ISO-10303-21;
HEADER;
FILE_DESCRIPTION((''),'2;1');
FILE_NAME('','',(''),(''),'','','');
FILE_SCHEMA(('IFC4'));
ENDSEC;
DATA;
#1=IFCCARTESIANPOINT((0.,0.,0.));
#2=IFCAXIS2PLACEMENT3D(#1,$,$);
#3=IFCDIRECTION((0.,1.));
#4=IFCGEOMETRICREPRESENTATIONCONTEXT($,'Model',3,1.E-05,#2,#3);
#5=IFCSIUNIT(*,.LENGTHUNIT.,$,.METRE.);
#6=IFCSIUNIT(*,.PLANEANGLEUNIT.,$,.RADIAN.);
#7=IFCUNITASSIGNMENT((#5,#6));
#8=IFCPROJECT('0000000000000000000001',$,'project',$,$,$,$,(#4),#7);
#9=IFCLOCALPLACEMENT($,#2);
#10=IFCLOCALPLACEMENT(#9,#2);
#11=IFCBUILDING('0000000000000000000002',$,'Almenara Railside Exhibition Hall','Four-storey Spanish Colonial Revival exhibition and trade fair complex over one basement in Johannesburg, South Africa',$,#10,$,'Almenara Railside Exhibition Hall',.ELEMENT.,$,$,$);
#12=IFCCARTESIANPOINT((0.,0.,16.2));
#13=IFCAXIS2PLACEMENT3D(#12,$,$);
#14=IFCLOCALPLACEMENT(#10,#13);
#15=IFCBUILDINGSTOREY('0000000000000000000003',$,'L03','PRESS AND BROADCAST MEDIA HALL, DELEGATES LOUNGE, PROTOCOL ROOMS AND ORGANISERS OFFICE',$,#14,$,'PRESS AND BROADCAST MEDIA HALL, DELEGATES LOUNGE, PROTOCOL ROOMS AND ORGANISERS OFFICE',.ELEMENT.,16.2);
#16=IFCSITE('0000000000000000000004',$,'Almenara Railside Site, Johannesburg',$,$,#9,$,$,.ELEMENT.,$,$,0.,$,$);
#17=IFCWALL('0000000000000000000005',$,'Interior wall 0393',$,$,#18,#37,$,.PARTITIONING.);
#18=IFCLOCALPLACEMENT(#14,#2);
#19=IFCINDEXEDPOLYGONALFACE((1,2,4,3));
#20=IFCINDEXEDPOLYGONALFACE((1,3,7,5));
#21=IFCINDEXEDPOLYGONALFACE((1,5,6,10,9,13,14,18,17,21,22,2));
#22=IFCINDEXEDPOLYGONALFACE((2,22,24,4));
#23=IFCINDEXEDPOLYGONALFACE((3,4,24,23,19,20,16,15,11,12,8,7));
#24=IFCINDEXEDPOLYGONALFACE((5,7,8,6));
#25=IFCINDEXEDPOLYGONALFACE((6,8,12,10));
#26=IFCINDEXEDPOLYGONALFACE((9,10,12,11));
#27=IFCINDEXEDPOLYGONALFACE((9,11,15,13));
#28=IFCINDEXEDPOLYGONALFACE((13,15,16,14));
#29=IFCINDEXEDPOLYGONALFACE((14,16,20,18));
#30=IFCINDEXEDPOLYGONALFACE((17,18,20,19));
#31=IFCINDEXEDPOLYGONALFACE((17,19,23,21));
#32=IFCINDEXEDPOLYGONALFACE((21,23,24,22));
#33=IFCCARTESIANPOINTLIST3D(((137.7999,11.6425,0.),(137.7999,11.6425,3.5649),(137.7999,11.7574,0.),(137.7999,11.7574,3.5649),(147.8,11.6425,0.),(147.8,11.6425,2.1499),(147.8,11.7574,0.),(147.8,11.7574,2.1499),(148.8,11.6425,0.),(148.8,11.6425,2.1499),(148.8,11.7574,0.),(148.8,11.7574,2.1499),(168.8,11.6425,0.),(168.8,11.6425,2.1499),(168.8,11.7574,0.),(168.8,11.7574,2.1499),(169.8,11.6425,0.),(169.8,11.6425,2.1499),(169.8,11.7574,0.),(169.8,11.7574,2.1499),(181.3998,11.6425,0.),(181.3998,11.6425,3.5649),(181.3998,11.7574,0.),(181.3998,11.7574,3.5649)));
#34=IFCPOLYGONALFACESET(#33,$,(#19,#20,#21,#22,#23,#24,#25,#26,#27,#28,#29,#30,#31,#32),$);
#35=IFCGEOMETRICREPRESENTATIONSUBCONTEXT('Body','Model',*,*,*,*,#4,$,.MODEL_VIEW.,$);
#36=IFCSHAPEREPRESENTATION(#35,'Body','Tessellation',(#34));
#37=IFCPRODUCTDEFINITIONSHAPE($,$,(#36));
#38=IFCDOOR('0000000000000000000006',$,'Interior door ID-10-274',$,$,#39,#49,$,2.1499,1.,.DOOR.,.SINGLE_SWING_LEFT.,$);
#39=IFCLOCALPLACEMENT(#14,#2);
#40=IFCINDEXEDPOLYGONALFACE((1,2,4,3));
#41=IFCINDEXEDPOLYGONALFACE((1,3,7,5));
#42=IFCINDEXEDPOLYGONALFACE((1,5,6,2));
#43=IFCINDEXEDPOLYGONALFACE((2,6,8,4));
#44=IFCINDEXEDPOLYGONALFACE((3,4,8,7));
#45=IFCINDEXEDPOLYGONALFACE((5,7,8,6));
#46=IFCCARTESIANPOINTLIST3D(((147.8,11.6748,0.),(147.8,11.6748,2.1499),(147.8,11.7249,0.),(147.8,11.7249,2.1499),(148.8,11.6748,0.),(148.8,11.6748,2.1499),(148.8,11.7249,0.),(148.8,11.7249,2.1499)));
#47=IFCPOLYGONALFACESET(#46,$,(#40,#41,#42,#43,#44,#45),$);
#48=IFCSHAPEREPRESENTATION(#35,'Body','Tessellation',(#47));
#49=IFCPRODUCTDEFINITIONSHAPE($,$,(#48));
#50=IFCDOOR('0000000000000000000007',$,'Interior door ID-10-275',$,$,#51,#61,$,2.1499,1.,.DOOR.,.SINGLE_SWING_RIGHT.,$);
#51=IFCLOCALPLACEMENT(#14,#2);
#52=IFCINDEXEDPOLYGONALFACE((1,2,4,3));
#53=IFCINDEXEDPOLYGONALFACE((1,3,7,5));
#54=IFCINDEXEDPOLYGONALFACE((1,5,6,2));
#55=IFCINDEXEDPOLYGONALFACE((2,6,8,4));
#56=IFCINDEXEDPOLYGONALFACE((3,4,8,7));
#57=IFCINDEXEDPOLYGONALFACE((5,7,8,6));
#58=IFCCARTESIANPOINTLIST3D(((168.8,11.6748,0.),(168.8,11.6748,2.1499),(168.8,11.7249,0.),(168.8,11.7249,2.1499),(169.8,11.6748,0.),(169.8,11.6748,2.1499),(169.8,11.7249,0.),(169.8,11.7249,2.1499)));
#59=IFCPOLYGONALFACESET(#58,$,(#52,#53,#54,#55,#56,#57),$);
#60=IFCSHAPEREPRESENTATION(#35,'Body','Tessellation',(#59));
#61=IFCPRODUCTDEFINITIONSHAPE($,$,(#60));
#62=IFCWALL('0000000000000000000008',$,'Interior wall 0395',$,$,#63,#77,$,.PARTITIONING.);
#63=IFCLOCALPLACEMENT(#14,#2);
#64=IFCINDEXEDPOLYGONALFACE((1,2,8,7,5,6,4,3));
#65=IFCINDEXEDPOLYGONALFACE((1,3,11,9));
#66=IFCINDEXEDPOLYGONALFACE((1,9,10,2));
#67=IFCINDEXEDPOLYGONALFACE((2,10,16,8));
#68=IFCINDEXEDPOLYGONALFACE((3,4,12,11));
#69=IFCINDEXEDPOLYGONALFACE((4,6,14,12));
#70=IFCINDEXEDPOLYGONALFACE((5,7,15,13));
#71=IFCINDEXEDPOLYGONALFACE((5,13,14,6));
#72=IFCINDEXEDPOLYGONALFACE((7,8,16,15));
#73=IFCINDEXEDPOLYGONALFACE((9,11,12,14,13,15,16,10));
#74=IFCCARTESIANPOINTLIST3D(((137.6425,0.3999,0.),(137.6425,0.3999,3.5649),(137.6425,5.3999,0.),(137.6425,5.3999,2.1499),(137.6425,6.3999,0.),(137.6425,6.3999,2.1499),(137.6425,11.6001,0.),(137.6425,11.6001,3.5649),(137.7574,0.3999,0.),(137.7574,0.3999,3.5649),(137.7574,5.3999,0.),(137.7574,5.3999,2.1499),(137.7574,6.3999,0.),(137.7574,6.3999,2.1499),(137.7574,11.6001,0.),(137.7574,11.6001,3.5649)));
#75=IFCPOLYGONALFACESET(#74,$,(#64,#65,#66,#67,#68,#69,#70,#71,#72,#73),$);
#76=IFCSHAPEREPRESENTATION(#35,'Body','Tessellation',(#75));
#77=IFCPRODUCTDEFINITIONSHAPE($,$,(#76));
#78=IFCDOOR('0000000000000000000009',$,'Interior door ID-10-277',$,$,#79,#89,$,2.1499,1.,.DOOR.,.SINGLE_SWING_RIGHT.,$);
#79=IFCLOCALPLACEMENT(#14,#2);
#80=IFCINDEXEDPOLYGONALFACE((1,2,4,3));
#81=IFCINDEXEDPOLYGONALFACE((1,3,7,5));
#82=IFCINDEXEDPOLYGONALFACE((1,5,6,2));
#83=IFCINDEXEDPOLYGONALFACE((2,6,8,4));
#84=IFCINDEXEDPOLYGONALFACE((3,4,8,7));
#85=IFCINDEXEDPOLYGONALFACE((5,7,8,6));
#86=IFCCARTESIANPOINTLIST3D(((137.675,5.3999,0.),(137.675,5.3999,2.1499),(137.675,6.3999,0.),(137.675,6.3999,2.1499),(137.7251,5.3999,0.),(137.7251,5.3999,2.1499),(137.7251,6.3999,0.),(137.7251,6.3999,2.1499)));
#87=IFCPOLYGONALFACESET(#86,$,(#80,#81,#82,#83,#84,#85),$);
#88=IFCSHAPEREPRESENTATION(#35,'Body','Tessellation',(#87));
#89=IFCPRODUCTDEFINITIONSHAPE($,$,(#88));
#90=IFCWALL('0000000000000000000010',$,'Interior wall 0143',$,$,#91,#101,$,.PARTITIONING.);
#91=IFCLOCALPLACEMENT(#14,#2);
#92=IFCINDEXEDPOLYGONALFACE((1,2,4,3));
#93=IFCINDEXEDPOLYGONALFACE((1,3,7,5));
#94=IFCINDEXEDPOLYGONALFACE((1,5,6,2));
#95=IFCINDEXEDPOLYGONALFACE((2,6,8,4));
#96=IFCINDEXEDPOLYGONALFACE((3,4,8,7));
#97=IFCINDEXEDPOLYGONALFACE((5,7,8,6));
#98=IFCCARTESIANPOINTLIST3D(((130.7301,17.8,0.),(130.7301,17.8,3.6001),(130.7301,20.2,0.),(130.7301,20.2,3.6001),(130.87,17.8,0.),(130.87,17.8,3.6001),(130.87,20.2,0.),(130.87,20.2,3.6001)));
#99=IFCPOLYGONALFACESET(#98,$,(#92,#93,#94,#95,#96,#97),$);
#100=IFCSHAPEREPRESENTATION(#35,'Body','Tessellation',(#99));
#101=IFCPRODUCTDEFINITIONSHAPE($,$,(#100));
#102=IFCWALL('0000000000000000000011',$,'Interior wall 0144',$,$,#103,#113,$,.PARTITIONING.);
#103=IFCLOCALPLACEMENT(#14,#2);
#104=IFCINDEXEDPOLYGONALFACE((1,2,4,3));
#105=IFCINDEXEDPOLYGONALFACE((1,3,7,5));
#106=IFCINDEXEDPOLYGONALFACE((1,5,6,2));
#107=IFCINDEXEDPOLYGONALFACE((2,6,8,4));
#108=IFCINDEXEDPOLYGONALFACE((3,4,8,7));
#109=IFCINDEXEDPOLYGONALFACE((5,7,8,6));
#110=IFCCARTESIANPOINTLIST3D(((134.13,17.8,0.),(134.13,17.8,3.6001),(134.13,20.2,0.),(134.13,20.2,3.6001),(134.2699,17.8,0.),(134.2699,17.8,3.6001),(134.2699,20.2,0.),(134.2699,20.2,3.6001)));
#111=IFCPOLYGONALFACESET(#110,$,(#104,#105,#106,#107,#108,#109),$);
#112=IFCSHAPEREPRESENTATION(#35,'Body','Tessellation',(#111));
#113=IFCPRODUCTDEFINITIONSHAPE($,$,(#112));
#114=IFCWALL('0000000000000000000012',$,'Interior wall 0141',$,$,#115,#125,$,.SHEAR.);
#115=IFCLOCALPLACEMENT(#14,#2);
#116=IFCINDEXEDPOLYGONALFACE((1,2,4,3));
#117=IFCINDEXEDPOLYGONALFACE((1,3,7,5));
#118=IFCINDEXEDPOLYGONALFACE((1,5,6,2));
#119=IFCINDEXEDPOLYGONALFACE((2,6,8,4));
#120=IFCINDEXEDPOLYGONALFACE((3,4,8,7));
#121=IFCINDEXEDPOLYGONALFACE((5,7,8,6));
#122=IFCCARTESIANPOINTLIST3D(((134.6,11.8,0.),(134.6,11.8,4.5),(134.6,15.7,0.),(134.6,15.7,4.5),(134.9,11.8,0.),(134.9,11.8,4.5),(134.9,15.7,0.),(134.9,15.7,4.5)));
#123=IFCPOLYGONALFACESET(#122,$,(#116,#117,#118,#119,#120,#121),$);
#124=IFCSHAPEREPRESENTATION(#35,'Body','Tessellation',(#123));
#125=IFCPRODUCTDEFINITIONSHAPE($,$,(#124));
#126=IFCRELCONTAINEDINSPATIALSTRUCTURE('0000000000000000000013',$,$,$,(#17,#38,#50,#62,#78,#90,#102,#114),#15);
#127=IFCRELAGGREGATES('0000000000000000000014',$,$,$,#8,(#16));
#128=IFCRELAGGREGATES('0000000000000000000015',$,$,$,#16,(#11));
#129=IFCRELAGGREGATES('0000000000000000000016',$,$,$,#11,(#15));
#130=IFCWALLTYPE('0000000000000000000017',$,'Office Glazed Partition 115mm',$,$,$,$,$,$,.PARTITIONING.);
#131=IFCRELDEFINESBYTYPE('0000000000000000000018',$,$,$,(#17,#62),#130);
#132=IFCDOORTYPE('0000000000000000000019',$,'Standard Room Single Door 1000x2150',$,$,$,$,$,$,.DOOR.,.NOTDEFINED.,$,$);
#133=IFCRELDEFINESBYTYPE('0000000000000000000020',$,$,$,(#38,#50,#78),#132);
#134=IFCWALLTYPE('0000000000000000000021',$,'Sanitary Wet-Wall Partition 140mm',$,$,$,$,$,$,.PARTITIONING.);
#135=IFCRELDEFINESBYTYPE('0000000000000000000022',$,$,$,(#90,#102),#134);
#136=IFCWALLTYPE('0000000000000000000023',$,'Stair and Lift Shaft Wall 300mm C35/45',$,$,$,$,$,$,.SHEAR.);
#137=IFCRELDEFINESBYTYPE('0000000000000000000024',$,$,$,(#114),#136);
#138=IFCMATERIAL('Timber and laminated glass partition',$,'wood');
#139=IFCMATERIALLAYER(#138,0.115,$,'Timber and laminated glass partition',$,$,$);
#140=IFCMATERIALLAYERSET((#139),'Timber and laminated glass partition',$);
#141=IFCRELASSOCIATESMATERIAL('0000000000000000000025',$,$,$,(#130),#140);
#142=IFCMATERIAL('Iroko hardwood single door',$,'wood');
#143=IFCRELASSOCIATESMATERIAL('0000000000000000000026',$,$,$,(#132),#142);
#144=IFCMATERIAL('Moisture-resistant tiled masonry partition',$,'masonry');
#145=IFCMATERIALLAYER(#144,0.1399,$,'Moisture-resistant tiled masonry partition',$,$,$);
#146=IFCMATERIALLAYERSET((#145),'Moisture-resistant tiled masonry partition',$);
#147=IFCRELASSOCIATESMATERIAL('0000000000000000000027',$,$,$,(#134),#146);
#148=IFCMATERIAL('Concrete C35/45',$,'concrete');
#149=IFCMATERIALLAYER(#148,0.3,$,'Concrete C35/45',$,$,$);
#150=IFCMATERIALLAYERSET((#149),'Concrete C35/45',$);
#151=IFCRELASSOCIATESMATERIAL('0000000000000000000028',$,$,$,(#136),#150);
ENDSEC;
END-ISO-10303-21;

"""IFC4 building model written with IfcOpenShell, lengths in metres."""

from ifc_helpers import new_model, si_unit, direction, frame, frame_2d, origin, place, context, subcontext, project, spatial, rectangle, extrude, material, layer, layer_set, type_object, element, fill, save


model = new_model("IFC4")

# Units and contexts
model_context = context("Model", 3, precision=1e-05, world=origin(), true_north=direction((0.0, 1.0)))
body_context = subcontext(model_context, "Body", "Model", "MODEL_VIEW")
ifc_project = project(units=[si_unit("LENGTHUNIT", "METRE"), si_unit("PLANEANGLEUNIT", "RADIAN")], contexts=[model_context])

# Site, building, storey
site_placement = place(None, origin())
site = spatial("IfcSite", under=ifc_project, at=site_placement, Name="Almenara Railside Site, Johannesburg", CompositionType="ELEMENT", RefElevation=0.0)
building_placement = place(site_placement, origin())
building = spatial("IfcBuilding", under=site, at=building_placement, Name="Almenara Railside Exhibition Hall", Description="Four-storey Spanish Colonial Revival exhibition and trade fair complex over one basement in Johannesburg, South Africa", LongName="Almenara Railside Exhibition Hall", CompositionType="ELEMENT")
storey_placement = place(building_placement, frame((0.0, 0.0, 16.2)))
storey = spatial("IfcBuildingStorey", under=building, at=storey_placement, Name="L03", Description="PRESS AND BROADCAST MEDIA HALL, DELEGATES LOUNGE, PROTOCOL ROOMS AND ORGANISERS OFFICE", LongName="PRESS AND BROADCAST MEDIA HALL, DELEGATES LOUNGE, PROTOCOL ROOMS AND ORGANISERS OFFICE", CompositionType="ELEMENT", Elevation=16.2)

# Shared definitions
ifc_material_1 = material(Name="Concrete C35/45", Category="concrete")

# Wall, openings, doors
ifc_material_2 = material(Name="Timber and laminated glass partition", Category="wood")
ifc_layer_1 = layer(ifc_material_2, 0.115, Name="Timber and laminated glass partition")
ifc_layer_set_1 = layer_set([ifc_layer_1], Name="Timber and laminated glass partition")
wall_type_1 = type_object("IfcWallType", Name="Office Glazed Partition 115mm", PredefinedType="PARTITIONING", material=ifc_layer_set_1)
wall_1_placement = place(storey_placement, frame((137.8, 11.7, 0.0), z_axis=(0.0, 0.0, 1.0), x_axis=(1.0, 0.0, 0.0)))
wall_1 = element("IfcWall", 1, at=wall_1_placement, inside=storey, type_object=wall_type_1, Name="Interior wall 0393", PredefinedType="PARTITIONING", context=body_context, shape_type="SweptSolid", body=[
    extrude(rectangle(XDim=43.5999, YDim=0.115, at=frame_2d((21.7998, 0.0))), origin(), (0.0, 0.0, 1.0), 3.5649),
])
opening_1_placement = place(wall_1_placement, frame((10.0, 0.0, 0.0)))
opening_1 = element("IfcOpeningElement", 2, at=opening_1_placement, cuts=wall_1, PredefinedType="OPENING", context=body_context, shape_type="SweptSolid", body=[
    extrude(rectangle(XDim=1.0, YDim=2.1499, at=frame_2d((0.5, 1.075))), frame((0.0, 0.0674, 0.0), z_axis=(0.0, -1.0, 0.0), x_axis=(1.0, 0.0, 0.0)), (0.0, 0.0, 1.0), 0.135),
])
opening_2_placement = place(wall_1_placement, frame((31.0, 0.0, 0.0)))
opening_2 = element("IfcOpeningElement", 3, at=opening_2_placement, cuts=wall_1, PredefinedType="OPENING", context=body_context, shape_type="SweptSolid", body=[
    extrude(rectangle(XDim=1.0, YDim=2.1499, at=frame_2d((0.5, 1.075))), frame((0.0, 0.0674, 0.0), z_axis=(0.0, -1.0, 0.0), x_axis=(1.0, 0.0, 0.0)), (0.0, 0.0, 1.0), 0.135),
])
ifc_material_3 = material(Name="Iroko hardwood single door", Category="wood")
door_type_1 = type_object("IfcDoorType", Name="Standard Room Single Door 1000x2150", OperationType="NOTDEFINED", PredefinedType="DOOR", material=ifc_material_3)
door_1_placement = place(opening_1_placement, origin())
door_1 = element("IfcDoor", 4, at=door_1_placement, inside=storey, type_object=door_type_1, Name="Interior door ID-10-274", OperationType="SINGLE_SWING_LEFT", OverallHeight=2.1499, OverallWidth=1.0, PredefinedType="DOOR", context=body_context, shape_type="SweptSolid", body=[
    extrude(rectangle(XDim=1.0, YDim=2.1499, at=frame_2d((0.5, 1.075))), frame((0.0, 0.0249, 0.0), z_axis=(0.0, -1.0, 0.0), x_axis=(1.0, 0.0, 0.0)), (0.0, 0.0, 1.0), 0.05),
])
fill(opening_1, door_1)
door_2_placement = place(opening_2_placement, origin())
door_2 = element("IfcDoor", 5, at=door_2_placement, inside=storey, type_object=door_type_1, Name="Interior door ID-10-275", OperationType="SINGLE_SWING_RIGHT", OverallHeight=2.1499, OverallWidth=1.0, PredefinedType="DOOR", context=body_context, shape_type="SweptSolid", body=[
    extrude(rectangle(XDim=1.0, YDim=2.1499, at=frame_2d((0.5, 1.075))), frame((0.0, 0.0249, 0.0), z_axis=(0.0, -1.0, 0.0), x_axis=(1.0, 0.0, 0.0)), (0.0, 0.0, 1.0), 0.05),
])
fill(opening_2, door_2)

# Wall, opening, door
wall_2_placement = place(storey_placement, frame((137.7, 0.3999, 0.0), z_axis=(0.0, 0.0, 1.0), x_axis=(0.0, 1.0, 0.0)))
wall_2 = element("IfcWall", 6, at=wall_2_placement, inside=storey, type_object=wall_type_1, Name="Interior wall 0395", PredefinedType="PARTITIONING", context=body_context, shape_type="SweptSolid", body=[
    extrude(rectangle(XDim=11.2002, YDim=0.115, at=frame_2d((5.6001, 0.0))), origin(), (0.0, 0.0, 1.0), 3.5649),
])
opening_3_placement = place(wall_2_placement, frame((5.0, 0.0, 0.0)))
opening_3 = element("IfcOpeningElement", 7, at=opening_3_placement, cuts=wall_2, PredefinedType="OPENING", context=body_context, shape_type="SweptSolid", body=[
    extrude(rectangle(XDim=1.0, YDim=2.1499, at=frame_2d((0.5, 1.075))), frame((0.0, 0.0674, 0.0), z_axis=(0.0, -1.0, 0.0), x_axis=(1.0, 0.0, 0.0)), (0.0, 0.0, 1.0), 0.135),
])
door_3_placement = place(opening_3_placement, origin())
door_3 = element("IfcDoor", 8, at=door_3_placement, inside=storey, type_object=door_type_1, Name="Interior door ID-10-277", OperationType="SINGLE_SWING_RIGHT", OverallHeight=2.1499, OverallWidth=1.0, PredefinedType="DOOR", context=body_context, shape_type="SweptSolid", body=[
    extrude(rectangle(XDim=1.0, YDim=2.1499, at=frame_2d((0.5, 1.075))), frame((0.0, 0.0249, 0.0), z_axis=(0.0, -1.0, 0.0), x_axis=(1.0, 0.0, 0.0)), (0.0, 0.0, 1.0), 0.05),
])
fill(opening_3, door_3)

# Walls
ifc_material_4 = material(Name="Moisture-resistant tiled masonry partition", Category="masonry")
ifc_layer_2 = layer(ifc_material_4, 0.1399, Name="Moisture-resistant tiled masonry partition")
ifc_layer_set_2 = layer_set([ifc_layer_2], Name="Moisture-resistant tiled masonry partition")
wall_type_2 = type_object("IfcWallType", Name="Sanitary Wet-Wall Partition 140mm", PredefinedType="PARTITIONING", material=ifc_layer_set_2)
for number, where, z_axis, x_axis, name in (
    (9, (130.8, 17.8, 0.0), (0.0, 0.0, 1.0), (0.0, 1.0, 0.0), "Interior wall 0143"),
    (10, (134.2, 17.8, 0.0), (0.0, 0.0, 1.0), (0.0, 1.0, 0.0), "Interior wall 0144"),
):
    element("IfcWall", number, at=place(storey_placement, frame(where, z_axis=z_axis, x_axis=x_axis)), inside=storey, type_object=wall_type_2, Name=name, PredefinedType="PARTITIONING", context=body_context, shape_type="SweptSolid", body=[
        extrude(rectangle(XDim=2.3999, YDim=0.1399, at=frame_2d((1.2, 0.0))), origin(), (0.0, 0.0, 1.0), 3.6001),
    ])
ifc_layer_3 = layer(ifc_material_1, 0.3, Name="Concrete C35/45")
ifc_layer_set_3 = layer_set([ifc_layer_3], Name="Concrete C35/45")
wall_type_3 = type_object("IfcWallType", Name="Stair and Lift Shaft Wall 300mm C35/45", PredefinedType="SHEAR", material=ifc_layer_set_3)
wall_3_placement = place(storey_placement, frame((134.75, 11.8, 0.0), z_axis=(0.0, 0.0, 1.0), x_axis=(0.0, 1.0, 0.0)))
element("IfcWall", 11, at=wall_3_placement, inside=storey, type_object=wall_type_3, Name="Interior wall 0141", PredefinedType="SHEAR", context=body_context, shape_type="SweptSolid", body=[
    extrude(rectangle(XDim=3.8999, YDim=0.3, at=frame_2d((1.95, 0.0))), origin(), (0.0, 0.0, 1.0), 4.5),
])

save(model, "model.ifc")
